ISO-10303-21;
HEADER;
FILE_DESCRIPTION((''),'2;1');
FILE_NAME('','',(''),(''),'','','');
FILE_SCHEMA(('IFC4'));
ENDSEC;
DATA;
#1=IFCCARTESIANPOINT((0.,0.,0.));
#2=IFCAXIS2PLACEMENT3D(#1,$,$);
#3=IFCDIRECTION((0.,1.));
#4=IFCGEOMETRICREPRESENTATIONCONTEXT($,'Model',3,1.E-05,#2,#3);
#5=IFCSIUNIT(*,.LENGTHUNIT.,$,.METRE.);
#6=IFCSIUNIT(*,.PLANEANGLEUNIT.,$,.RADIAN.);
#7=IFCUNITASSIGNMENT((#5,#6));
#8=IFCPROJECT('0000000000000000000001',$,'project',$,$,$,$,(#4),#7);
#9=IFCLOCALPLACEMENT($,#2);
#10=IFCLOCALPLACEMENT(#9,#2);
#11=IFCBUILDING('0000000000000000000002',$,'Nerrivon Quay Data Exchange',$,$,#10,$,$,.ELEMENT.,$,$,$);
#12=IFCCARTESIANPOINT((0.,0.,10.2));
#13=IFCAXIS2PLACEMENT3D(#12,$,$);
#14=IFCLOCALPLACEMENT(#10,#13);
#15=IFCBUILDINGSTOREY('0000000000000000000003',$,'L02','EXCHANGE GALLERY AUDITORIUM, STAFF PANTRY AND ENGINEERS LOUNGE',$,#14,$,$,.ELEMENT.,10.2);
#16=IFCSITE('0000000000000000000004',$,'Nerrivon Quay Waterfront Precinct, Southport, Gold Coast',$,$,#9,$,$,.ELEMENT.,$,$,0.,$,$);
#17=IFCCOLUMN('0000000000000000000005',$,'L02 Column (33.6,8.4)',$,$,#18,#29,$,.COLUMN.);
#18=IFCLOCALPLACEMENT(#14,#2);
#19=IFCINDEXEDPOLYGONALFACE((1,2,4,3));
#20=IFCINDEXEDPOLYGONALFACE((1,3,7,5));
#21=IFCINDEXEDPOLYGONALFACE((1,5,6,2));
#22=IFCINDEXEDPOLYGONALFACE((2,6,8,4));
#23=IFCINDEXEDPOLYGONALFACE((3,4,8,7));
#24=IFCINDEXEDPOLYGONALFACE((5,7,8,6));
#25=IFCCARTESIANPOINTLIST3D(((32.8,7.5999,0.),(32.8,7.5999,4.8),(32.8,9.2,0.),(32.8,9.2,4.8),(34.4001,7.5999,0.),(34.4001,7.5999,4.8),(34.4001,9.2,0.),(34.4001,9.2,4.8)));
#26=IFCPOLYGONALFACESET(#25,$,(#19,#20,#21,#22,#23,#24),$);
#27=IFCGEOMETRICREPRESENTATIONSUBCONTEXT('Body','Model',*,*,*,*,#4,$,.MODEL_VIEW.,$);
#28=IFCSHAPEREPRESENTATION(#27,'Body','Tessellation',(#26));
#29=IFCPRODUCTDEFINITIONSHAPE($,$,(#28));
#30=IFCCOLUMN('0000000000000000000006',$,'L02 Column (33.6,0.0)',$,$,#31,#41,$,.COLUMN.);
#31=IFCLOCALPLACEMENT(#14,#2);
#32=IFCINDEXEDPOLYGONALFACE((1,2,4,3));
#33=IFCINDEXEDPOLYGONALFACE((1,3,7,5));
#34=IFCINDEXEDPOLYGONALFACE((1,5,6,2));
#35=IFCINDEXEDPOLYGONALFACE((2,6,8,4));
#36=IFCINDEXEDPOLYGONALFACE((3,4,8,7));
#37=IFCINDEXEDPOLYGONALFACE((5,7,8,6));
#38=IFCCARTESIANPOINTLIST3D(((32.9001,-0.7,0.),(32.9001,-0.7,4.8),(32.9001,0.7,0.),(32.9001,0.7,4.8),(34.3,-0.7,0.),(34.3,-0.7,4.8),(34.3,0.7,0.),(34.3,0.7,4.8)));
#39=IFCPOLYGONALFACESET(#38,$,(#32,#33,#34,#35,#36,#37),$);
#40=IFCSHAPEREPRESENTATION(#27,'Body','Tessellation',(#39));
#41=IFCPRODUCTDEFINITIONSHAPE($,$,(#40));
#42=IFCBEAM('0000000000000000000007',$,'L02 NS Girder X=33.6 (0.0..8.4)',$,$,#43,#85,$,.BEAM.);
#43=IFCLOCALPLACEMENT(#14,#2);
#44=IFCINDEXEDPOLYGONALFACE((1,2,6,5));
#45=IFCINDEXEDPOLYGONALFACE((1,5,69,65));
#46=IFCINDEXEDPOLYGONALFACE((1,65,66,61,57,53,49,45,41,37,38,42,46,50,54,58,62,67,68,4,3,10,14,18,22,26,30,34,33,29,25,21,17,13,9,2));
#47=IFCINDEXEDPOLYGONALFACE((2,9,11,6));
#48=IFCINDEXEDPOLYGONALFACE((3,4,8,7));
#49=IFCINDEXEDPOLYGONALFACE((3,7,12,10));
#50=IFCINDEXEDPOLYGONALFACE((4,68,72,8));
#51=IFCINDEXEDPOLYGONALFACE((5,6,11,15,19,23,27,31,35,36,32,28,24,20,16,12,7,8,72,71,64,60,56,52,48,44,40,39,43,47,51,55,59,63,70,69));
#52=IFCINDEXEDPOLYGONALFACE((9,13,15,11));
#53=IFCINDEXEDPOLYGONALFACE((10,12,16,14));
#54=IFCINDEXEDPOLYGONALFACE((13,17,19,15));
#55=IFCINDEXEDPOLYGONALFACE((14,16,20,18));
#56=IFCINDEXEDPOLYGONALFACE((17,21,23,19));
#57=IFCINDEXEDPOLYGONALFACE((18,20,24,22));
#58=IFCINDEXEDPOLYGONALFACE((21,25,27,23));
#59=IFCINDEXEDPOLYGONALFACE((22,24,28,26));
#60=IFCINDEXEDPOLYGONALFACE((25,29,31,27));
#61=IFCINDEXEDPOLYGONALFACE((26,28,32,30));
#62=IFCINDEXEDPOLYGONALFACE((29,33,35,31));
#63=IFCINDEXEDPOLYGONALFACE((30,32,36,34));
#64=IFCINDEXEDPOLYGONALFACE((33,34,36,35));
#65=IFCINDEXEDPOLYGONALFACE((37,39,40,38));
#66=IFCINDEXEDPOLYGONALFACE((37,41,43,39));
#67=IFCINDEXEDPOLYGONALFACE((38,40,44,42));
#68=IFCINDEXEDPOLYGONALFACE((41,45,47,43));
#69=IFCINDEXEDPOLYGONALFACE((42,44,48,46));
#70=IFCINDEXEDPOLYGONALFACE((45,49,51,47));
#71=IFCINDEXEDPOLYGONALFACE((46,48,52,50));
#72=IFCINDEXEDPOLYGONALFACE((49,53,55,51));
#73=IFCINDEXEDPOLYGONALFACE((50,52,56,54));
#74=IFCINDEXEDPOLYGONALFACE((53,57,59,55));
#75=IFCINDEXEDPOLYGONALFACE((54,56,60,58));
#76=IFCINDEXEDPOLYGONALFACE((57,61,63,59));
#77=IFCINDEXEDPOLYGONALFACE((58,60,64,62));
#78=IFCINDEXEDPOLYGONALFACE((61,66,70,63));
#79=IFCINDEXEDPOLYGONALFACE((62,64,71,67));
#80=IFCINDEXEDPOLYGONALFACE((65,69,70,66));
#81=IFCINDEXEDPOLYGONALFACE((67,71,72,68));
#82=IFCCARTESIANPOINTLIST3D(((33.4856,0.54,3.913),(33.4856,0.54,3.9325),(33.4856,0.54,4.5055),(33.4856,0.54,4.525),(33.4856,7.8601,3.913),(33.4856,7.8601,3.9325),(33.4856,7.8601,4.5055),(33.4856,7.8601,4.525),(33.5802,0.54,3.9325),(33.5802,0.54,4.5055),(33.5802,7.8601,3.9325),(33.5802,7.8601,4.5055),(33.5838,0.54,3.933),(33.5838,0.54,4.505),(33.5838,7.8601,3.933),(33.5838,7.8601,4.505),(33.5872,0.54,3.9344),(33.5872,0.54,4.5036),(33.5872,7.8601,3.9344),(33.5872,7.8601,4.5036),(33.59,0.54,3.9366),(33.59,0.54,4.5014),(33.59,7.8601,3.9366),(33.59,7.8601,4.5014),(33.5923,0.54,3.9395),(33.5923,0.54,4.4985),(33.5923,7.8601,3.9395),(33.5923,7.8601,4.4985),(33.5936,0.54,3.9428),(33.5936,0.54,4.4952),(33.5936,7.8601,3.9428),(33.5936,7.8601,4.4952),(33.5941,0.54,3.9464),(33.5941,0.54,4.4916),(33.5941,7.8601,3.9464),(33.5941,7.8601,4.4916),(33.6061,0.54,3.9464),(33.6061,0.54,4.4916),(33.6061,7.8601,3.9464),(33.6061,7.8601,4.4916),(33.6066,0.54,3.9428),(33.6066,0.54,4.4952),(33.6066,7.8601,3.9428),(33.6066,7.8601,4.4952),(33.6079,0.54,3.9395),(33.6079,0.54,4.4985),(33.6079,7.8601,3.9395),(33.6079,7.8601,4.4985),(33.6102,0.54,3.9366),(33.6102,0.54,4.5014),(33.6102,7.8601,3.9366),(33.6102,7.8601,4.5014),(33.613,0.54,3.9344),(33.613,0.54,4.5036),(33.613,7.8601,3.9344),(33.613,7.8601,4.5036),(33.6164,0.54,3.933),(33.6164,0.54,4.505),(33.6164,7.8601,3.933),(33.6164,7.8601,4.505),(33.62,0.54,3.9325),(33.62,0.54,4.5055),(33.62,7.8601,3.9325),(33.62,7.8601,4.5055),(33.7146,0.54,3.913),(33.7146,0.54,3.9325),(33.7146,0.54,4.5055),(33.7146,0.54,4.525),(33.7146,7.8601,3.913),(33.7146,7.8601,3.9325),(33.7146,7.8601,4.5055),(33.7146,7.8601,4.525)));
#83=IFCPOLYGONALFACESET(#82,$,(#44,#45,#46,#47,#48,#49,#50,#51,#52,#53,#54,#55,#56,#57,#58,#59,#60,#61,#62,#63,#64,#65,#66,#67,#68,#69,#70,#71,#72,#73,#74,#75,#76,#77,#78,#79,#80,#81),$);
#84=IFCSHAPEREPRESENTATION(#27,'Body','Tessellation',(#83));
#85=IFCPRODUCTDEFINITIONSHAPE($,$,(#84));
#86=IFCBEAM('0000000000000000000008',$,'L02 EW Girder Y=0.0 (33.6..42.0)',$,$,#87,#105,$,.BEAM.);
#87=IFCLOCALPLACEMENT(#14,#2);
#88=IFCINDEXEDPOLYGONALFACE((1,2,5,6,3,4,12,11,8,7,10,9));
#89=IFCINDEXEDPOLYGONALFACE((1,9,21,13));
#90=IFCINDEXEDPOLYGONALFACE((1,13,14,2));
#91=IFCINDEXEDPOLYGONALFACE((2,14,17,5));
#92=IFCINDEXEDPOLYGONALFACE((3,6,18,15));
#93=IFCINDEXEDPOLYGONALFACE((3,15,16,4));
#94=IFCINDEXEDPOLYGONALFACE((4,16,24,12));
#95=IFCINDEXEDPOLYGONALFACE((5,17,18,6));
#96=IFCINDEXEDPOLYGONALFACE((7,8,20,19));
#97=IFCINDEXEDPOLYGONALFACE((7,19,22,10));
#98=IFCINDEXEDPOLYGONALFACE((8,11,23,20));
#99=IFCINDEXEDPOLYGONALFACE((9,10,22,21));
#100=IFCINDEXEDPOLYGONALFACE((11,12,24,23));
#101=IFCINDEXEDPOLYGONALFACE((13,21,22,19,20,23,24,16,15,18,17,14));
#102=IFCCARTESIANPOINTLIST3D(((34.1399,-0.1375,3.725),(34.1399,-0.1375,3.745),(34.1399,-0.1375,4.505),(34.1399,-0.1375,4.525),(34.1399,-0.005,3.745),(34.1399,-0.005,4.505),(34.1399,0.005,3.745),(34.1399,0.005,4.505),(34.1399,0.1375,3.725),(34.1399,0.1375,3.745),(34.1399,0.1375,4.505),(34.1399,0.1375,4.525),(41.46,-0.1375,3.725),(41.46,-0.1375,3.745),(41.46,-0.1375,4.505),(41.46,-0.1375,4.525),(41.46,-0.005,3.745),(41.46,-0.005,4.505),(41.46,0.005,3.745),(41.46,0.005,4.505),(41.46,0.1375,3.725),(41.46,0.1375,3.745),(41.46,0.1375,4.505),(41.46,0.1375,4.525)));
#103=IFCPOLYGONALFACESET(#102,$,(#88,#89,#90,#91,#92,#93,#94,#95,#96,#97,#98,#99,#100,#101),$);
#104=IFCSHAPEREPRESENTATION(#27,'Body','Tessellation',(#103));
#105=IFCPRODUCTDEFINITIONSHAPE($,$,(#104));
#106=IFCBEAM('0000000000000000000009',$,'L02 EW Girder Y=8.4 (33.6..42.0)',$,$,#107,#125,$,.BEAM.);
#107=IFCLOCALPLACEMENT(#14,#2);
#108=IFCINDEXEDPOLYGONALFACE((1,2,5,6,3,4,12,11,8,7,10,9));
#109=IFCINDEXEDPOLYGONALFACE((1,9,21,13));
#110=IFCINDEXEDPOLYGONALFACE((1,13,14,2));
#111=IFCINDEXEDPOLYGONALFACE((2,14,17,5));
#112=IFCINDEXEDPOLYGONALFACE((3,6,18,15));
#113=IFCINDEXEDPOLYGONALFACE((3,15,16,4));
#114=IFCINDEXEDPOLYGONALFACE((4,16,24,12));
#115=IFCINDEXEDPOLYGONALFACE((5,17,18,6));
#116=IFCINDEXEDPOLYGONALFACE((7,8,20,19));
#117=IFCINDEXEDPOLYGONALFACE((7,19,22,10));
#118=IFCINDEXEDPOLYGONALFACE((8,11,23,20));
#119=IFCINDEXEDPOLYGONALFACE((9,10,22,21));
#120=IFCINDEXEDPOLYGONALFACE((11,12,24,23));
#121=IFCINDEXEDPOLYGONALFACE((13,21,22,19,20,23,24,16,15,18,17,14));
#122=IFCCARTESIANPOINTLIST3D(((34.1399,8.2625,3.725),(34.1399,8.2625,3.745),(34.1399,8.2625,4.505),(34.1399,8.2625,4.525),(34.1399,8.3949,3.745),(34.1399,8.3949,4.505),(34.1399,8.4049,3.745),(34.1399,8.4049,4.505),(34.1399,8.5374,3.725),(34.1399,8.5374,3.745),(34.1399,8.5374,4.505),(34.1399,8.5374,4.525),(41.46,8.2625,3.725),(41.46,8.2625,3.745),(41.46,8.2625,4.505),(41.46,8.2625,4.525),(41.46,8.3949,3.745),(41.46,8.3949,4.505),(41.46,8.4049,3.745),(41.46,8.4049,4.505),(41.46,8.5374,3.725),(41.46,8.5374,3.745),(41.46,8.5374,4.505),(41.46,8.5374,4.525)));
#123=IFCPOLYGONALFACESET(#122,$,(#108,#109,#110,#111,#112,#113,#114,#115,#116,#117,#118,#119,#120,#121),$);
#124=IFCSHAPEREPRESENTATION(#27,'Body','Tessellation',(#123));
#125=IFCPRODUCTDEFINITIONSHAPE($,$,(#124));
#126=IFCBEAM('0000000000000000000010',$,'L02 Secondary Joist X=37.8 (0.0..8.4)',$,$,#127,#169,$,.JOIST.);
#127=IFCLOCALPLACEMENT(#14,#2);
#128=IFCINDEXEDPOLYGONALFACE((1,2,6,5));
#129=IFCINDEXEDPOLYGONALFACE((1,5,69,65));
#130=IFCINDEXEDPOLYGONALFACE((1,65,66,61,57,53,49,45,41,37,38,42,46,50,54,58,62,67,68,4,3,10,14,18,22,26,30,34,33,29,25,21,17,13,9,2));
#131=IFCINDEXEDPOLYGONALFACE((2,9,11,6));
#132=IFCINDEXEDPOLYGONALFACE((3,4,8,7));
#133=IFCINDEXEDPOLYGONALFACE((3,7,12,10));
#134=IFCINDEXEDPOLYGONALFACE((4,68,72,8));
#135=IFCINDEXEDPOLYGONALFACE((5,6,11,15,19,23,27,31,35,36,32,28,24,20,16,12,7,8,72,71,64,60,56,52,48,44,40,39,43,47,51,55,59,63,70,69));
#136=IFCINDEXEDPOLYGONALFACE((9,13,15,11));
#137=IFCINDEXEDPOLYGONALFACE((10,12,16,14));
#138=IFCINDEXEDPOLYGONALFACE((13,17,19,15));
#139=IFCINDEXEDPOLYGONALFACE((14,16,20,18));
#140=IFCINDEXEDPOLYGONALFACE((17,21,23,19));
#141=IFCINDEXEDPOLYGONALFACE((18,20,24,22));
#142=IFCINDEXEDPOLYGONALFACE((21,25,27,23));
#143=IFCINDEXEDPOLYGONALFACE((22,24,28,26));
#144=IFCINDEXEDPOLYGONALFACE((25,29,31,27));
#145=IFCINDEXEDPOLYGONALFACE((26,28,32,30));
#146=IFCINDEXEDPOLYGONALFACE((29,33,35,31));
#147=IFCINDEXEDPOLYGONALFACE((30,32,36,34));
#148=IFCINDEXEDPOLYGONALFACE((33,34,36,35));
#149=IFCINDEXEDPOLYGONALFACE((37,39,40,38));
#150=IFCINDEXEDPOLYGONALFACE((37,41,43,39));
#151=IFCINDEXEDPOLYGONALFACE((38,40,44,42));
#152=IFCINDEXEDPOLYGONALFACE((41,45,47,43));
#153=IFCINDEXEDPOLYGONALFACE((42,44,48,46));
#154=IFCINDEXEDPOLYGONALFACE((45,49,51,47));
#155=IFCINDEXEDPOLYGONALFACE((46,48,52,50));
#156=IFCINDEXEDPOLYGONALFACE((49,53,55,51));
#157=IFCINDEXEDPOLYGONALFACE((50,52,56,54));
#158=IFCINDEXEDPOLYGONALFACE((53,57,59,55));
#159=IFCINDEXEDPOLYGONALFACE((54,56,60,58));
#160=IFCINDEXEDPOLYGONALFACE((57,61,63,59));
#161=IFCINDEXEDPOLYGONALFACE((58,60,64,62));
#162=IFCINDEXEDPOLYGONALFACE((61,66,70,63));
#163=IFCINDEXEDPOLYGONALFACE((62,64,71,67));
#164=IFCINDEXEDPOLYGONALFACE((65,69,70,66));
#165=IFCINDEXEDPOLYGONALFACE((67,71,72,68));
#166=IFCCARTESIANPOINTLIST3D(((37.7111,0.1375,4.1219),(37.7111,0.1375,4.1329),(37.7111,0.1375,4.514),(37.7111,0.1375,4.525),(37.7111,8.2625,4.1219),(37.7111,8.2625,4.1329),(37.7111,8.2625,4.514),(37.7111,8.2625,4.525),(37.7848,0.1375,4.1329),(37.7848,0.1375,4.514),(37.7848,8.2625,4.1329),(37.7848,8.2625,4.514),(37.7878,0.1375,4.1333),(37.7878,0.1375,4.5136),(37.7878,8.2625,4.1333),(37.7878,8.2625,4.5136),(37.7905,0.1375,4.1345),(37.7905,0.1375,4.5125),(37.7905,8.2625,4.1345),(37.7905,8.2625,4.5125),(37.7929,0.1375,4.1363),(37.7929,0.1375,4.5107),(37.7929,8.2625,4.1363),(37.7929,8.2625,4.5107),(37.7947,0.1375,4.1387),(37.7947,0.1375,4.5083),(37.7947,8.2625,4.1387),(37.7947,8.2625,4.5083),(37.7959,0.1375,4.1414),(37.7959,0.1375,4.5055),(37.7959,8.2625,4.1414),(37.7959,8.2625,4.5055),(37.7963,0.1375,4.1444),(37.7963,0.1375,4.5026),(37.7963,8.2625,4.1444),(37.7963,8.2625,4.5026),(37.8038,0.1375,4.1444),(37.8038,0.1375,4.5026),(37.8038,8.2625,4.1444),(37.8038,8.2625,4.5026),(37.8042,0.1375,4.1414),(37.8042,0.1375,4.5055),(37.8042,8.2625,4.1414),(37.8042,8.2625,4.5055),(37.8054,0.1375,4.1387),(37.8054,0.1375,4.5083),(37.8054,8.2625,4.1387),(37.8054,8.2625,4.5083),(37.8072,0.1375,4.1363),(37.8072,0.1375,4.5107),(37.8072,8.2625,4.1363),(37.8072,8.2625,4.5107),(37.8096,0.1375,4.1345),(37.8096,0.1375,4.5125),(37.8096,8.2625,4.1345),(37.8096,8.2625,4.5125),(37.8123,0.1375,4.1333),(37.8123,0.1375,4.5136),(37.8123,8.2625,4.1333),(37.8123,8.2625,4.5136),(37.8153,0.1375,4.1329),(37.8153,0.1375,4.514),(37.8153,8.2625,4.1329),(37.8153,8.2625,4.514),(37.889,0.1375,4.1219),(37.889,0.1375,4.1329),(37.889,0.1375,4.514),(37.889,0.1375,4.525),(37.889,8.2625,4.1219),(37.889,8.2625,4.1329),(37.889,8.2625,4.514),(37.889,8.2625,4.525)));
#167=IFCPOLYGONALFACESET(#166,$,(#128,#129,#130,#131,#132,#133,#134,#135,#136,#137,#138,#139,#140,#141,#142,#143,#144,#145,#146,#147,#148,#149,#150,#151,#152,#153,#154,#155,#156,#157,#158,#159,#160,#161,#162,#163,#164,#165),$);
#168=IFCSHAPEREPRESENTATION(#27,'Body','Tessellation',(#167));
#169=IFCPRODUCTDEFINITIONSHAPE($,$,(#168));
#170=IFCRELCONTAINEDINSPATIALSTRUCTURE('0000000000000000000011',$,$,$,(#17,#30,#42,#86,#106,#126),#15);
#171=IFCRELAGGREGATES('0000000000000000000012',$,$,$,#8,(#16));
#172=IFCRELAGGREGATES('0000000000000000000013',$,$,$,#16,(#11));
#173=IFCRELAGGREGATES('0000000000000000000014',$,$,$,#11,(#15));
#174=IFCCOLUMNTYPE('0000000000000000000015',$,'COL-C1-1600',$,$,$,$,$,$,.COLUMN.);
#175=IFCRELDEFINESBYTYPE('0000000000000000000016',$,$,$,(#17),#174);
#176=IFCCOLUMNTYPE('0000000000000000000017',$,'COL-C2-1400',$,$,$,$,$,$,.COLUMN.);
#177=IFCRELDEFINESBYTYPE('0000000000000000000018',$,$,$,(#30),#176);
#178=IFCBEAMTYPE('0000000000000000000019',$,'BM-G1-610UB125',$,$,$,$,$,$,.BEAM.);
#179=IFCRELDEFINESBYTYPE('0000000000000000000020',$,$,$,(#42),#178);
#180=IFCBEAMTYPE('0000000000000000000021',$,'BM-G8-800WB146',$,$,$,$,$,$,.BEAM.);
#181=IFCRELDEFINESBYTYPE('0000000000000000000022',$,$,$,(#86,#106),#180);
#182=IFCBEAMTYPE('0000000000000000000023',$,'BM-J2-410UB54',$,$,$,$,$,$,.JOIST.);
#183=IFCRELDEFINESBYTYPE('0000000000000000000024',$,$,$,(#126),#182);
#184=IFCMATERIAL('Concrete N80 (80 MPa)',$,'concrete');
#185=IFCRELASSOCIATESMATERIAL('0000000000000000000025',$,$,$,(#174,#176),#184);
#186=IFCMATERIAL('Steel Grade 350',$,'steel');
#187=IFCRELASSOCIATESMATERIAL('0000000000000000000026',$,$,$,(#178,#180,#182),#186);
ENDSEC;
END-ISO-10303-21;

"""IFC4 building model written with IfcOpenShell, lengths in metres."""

from ifc_helpers import new_model, si_unit, direction, frame, origin, origin_2d, place, context, subcontext, project, spatial, rectangle, i_section, extrude, material, material_profile, profile_set, type_object, element, save


model = new_model("IFC4")

# Units and contexts
model_context = context("Model", 3, precision=1e-05, world=origin(), true_north=direction((0.0, 1.0)))
body_context = subcontext(model_context, "Body", "Model", "MODEL_VIEW")
ifc_project = project(units=[si_unit("LENGTHUNIT", "METRE"), si_unit("PLANEANGLEUNIT", "RADIAN")], contexts=[model_context])

# Site, building, storey
site_placement = place(None, origin())
site = spatial("IfcSite", under=ifc_project, at=site_placement, Name="Nerrivon Quay Waterfront Precinct, Southport, Gold Coast", CompositionType="ELEMENT", RefElevation=0.0)
building_placement = place(site_placement, origin())
building = spatial("IfcBuilding", under=site, at=building_placement, Name="Nerrivon Quay Data Exchange", CompositionType="ELEMENT")
storey_placement = place(building_placement, frame((0.0, 0.0, 10.2)))
storey = spatial("IfcBuildingStorey", under=building, at=storey_placement, Name="L02", Description="EXCHANGE GALLERY AUDITORIUM, STAFF PANTRY AND ENGINEERS LOUNGE", CompositionType="ELEMENT", Elevation=10.2)

# Columns
ifc_material_1 = material(Name="Concrete N80 (80 MPa)", Category="concrete")
ifc_material_profile_1 = material_profile(ifc_material_1, rectangle(XDim=1.6001, YDim=1.6001, at=origin_2d()), Name="RC-COL-1600x1600")
ifc_profile_set_1 = profile_set([ifc_material_profile_1], Name="Concrete N80 (80 MPa)")
column_type_1 = type_object("IfcColumnType", Name="COL-C1-1600", PredefinedType="COLUMN", material=ifc_profile_set_1)
column_1_placement = place(storey_placement, frame((33.6001, 8.3999, 0.0), z_axis=(0.0, 0.0, 1.0), x_axis=(1.0, 0.0, 0.0)))
element("IfcColumn", 1, at=column_1_placement, inside=storey, type_object=column_type_1, Name="L02 Column (33.6,8.4)", PredefinedType="COLUMN", context=body_context, shape_type="SweptSolid", body=[
    extrude(rectangle(XDim=1.6001, YDim=1.6001, at=origin_2d()), origin(), (0.0, 0.0, 1.0), 4.8),
])
ifc_material_profile_2 = material_profile(ifc_material_1, rectangle(XDim=1.3999, YDim=1.3999, at=origin_2d()), Name="RC-COL-1400x1400")
ifc_profile_set_2 = profile_set([ifc_material_profile_2], Name="Concrete N80 (80 MPa)")
column_type_2 = type_object("IfcColumnType", Name="COL-C2-1400", PredefinedType="COLUMN", material=ifc_profile_set_2)
column_2_placement = place(storey_placement, frame((33.6001, 0.0, 0.0), z_axis=(0.0, 0.0, 1.0), x_axis=(1.0, 0.0, 0.0)))
element("IfcColumn", 2, at=column_2_placement, inside=storey, type_object=column_type_2, Name="L02 Column (33.6,0.0)", PredefinedType="COLUMN", context=body_context, shape_type="SweptSolid", body=[
    extrude(rectangle(XDim=1.3999, YDim=1.3999, at=origin_2d()), origin(), (0.0, 0.0, 1.0), 4.8),
])

# Beams
ifc_material_2 = material(Name="Steel Grade 350", Category="steel")
ifc_material_profile_3 = material_profile(ifc_material_2, i_section(OverallWidth=0.229, OverallDepth=0.6121, WebThickness=0.012, FlangeThickness=0.0195, FilletRadius=0.0139, at=origin_2d()), Name="610UB125")
ifc_profile_set_3 = profile_set([ifc_material_profile_3], Name="Steel Grade 350")
beam_type_1 = type_object("IfcBeamType", Name="BM-G1-610UB125", PredefinedType="BEAM", material=ifc_profile_set_3)
beam_placement = place(storey_placement, frame((33.6001, 0.54, 4.219), z_axis=(0.0, 1.0, 0.0), x_axis=(-1.0, 0.0, 0.0)))
element("IfcBeam", 3, at=beam_placement, inside=storey, type_object=beam_type_1, Name="L02 NS Girder X=33.6 (0.0..8.4)", PredefinedType="BEAM", context=body_context, shape_type="SweptSolid", body=[
    extrude(i_section(OverallWidth=0.229, OverallDepth=0.6121, WebThickness=0.012, FlangeThickness=0.0195, FilletRadius=0.0139, at=origin_2d()), origin(), (0.0, 0.0, 1.0), 7.3201),
])
ifc_material_profile_4 = material_profile(ifc_material_2, i_section(OverallWidth=0.2749, OverallDepth=0.8, WebThickness=0.01, FlangeThickness=0.02, at=origin_2d()), Name="800WB146")
ifc_profile_set_4 = profile_set([ifc_material_profile_4], Name="Steel Grade 350")
beam_type_2 = type_object("IfcBeamType", Name="BM-G8-800WB146", PredefinedType="BEAM", material=ifc_profile_set_4)
for number, where, z_axis, x_axis, name in (
    (4, (34.1399, 0.0, 4.125), (1.0, 0.0, 0.0), (0.0, 1.0, 0.0), "L02 EW Girder Y=0.0 (33.6..42.0)"),
    (5, (34.1399, 8.3999, 4.125), (1.0, 0.0, 0.0), (0.0, 1.0, 0.0), "L02 EW Girder Y=8.4 (33.6..42.0)"),
):
    element("IfcBeam", number, at=place(storey_placement, frame(where, z_axis=z_axis, x_axis=x_axis)), inside=storey, type_object=beam_type_2, Name=name, PredefinedType="BEAM", context=body_context, shape_type="SweptSolid", body=[
        extrude(i_section(OverallWidth=0.2749, OverallDepth=0.8, WebThickness=0.01, FlangeThickness=0.02, at=origin_2d()), origin(), (0.0, 0.0, 1.0), 7.3201),
    ])
ifc_material_profile_5 = material_profile(ifc_material_2, i_section(OverallWidth=0.178, OverallDepth=0.4031, WebThickness=0.0076, FlangeThickness=0.011, FilletRadius=0.0115, at=origin_2d()), Name="410UB53.7")
ifc_profile_set_5 = profile_set([ifc_material_profile_5], Name="Steel Grade 350")
beam_type_3 = type_object("IfcBeamType", Name="BM-J2-410UB54", PredefinedType="JOIST", material=ifc_profile_set_5)
for number, where, z_axis, x_axis, name in (
    (6, (37.8, 0.1375, 4.3235), (0.0, 1.0, 0.0), (-1.0, 0.0, 0.0), "L02 Secondary Joist X=37.8 (0.0..8.4)"),
):
    element("IfcBeam", number, at=place(storey_placement, frame(where, z_axis=z_axis, x_axis=x_axis)), inside=storey, type_object=beam_type_3, Name=name, PredefinedType="JOIST", context=body_context, shape_type="SweptSolid", body=[
        extrude(i_section(OverallWidth=0.178, OverallDepth=0.4031, WebThickness=0.0076, FlangeThickness=0.011, FilletRadius=0.0115, at=origin_2d()), origin(), (0.0, 0.0, 1.0), 8.125),
    ])

save(model, "model.ifc")
